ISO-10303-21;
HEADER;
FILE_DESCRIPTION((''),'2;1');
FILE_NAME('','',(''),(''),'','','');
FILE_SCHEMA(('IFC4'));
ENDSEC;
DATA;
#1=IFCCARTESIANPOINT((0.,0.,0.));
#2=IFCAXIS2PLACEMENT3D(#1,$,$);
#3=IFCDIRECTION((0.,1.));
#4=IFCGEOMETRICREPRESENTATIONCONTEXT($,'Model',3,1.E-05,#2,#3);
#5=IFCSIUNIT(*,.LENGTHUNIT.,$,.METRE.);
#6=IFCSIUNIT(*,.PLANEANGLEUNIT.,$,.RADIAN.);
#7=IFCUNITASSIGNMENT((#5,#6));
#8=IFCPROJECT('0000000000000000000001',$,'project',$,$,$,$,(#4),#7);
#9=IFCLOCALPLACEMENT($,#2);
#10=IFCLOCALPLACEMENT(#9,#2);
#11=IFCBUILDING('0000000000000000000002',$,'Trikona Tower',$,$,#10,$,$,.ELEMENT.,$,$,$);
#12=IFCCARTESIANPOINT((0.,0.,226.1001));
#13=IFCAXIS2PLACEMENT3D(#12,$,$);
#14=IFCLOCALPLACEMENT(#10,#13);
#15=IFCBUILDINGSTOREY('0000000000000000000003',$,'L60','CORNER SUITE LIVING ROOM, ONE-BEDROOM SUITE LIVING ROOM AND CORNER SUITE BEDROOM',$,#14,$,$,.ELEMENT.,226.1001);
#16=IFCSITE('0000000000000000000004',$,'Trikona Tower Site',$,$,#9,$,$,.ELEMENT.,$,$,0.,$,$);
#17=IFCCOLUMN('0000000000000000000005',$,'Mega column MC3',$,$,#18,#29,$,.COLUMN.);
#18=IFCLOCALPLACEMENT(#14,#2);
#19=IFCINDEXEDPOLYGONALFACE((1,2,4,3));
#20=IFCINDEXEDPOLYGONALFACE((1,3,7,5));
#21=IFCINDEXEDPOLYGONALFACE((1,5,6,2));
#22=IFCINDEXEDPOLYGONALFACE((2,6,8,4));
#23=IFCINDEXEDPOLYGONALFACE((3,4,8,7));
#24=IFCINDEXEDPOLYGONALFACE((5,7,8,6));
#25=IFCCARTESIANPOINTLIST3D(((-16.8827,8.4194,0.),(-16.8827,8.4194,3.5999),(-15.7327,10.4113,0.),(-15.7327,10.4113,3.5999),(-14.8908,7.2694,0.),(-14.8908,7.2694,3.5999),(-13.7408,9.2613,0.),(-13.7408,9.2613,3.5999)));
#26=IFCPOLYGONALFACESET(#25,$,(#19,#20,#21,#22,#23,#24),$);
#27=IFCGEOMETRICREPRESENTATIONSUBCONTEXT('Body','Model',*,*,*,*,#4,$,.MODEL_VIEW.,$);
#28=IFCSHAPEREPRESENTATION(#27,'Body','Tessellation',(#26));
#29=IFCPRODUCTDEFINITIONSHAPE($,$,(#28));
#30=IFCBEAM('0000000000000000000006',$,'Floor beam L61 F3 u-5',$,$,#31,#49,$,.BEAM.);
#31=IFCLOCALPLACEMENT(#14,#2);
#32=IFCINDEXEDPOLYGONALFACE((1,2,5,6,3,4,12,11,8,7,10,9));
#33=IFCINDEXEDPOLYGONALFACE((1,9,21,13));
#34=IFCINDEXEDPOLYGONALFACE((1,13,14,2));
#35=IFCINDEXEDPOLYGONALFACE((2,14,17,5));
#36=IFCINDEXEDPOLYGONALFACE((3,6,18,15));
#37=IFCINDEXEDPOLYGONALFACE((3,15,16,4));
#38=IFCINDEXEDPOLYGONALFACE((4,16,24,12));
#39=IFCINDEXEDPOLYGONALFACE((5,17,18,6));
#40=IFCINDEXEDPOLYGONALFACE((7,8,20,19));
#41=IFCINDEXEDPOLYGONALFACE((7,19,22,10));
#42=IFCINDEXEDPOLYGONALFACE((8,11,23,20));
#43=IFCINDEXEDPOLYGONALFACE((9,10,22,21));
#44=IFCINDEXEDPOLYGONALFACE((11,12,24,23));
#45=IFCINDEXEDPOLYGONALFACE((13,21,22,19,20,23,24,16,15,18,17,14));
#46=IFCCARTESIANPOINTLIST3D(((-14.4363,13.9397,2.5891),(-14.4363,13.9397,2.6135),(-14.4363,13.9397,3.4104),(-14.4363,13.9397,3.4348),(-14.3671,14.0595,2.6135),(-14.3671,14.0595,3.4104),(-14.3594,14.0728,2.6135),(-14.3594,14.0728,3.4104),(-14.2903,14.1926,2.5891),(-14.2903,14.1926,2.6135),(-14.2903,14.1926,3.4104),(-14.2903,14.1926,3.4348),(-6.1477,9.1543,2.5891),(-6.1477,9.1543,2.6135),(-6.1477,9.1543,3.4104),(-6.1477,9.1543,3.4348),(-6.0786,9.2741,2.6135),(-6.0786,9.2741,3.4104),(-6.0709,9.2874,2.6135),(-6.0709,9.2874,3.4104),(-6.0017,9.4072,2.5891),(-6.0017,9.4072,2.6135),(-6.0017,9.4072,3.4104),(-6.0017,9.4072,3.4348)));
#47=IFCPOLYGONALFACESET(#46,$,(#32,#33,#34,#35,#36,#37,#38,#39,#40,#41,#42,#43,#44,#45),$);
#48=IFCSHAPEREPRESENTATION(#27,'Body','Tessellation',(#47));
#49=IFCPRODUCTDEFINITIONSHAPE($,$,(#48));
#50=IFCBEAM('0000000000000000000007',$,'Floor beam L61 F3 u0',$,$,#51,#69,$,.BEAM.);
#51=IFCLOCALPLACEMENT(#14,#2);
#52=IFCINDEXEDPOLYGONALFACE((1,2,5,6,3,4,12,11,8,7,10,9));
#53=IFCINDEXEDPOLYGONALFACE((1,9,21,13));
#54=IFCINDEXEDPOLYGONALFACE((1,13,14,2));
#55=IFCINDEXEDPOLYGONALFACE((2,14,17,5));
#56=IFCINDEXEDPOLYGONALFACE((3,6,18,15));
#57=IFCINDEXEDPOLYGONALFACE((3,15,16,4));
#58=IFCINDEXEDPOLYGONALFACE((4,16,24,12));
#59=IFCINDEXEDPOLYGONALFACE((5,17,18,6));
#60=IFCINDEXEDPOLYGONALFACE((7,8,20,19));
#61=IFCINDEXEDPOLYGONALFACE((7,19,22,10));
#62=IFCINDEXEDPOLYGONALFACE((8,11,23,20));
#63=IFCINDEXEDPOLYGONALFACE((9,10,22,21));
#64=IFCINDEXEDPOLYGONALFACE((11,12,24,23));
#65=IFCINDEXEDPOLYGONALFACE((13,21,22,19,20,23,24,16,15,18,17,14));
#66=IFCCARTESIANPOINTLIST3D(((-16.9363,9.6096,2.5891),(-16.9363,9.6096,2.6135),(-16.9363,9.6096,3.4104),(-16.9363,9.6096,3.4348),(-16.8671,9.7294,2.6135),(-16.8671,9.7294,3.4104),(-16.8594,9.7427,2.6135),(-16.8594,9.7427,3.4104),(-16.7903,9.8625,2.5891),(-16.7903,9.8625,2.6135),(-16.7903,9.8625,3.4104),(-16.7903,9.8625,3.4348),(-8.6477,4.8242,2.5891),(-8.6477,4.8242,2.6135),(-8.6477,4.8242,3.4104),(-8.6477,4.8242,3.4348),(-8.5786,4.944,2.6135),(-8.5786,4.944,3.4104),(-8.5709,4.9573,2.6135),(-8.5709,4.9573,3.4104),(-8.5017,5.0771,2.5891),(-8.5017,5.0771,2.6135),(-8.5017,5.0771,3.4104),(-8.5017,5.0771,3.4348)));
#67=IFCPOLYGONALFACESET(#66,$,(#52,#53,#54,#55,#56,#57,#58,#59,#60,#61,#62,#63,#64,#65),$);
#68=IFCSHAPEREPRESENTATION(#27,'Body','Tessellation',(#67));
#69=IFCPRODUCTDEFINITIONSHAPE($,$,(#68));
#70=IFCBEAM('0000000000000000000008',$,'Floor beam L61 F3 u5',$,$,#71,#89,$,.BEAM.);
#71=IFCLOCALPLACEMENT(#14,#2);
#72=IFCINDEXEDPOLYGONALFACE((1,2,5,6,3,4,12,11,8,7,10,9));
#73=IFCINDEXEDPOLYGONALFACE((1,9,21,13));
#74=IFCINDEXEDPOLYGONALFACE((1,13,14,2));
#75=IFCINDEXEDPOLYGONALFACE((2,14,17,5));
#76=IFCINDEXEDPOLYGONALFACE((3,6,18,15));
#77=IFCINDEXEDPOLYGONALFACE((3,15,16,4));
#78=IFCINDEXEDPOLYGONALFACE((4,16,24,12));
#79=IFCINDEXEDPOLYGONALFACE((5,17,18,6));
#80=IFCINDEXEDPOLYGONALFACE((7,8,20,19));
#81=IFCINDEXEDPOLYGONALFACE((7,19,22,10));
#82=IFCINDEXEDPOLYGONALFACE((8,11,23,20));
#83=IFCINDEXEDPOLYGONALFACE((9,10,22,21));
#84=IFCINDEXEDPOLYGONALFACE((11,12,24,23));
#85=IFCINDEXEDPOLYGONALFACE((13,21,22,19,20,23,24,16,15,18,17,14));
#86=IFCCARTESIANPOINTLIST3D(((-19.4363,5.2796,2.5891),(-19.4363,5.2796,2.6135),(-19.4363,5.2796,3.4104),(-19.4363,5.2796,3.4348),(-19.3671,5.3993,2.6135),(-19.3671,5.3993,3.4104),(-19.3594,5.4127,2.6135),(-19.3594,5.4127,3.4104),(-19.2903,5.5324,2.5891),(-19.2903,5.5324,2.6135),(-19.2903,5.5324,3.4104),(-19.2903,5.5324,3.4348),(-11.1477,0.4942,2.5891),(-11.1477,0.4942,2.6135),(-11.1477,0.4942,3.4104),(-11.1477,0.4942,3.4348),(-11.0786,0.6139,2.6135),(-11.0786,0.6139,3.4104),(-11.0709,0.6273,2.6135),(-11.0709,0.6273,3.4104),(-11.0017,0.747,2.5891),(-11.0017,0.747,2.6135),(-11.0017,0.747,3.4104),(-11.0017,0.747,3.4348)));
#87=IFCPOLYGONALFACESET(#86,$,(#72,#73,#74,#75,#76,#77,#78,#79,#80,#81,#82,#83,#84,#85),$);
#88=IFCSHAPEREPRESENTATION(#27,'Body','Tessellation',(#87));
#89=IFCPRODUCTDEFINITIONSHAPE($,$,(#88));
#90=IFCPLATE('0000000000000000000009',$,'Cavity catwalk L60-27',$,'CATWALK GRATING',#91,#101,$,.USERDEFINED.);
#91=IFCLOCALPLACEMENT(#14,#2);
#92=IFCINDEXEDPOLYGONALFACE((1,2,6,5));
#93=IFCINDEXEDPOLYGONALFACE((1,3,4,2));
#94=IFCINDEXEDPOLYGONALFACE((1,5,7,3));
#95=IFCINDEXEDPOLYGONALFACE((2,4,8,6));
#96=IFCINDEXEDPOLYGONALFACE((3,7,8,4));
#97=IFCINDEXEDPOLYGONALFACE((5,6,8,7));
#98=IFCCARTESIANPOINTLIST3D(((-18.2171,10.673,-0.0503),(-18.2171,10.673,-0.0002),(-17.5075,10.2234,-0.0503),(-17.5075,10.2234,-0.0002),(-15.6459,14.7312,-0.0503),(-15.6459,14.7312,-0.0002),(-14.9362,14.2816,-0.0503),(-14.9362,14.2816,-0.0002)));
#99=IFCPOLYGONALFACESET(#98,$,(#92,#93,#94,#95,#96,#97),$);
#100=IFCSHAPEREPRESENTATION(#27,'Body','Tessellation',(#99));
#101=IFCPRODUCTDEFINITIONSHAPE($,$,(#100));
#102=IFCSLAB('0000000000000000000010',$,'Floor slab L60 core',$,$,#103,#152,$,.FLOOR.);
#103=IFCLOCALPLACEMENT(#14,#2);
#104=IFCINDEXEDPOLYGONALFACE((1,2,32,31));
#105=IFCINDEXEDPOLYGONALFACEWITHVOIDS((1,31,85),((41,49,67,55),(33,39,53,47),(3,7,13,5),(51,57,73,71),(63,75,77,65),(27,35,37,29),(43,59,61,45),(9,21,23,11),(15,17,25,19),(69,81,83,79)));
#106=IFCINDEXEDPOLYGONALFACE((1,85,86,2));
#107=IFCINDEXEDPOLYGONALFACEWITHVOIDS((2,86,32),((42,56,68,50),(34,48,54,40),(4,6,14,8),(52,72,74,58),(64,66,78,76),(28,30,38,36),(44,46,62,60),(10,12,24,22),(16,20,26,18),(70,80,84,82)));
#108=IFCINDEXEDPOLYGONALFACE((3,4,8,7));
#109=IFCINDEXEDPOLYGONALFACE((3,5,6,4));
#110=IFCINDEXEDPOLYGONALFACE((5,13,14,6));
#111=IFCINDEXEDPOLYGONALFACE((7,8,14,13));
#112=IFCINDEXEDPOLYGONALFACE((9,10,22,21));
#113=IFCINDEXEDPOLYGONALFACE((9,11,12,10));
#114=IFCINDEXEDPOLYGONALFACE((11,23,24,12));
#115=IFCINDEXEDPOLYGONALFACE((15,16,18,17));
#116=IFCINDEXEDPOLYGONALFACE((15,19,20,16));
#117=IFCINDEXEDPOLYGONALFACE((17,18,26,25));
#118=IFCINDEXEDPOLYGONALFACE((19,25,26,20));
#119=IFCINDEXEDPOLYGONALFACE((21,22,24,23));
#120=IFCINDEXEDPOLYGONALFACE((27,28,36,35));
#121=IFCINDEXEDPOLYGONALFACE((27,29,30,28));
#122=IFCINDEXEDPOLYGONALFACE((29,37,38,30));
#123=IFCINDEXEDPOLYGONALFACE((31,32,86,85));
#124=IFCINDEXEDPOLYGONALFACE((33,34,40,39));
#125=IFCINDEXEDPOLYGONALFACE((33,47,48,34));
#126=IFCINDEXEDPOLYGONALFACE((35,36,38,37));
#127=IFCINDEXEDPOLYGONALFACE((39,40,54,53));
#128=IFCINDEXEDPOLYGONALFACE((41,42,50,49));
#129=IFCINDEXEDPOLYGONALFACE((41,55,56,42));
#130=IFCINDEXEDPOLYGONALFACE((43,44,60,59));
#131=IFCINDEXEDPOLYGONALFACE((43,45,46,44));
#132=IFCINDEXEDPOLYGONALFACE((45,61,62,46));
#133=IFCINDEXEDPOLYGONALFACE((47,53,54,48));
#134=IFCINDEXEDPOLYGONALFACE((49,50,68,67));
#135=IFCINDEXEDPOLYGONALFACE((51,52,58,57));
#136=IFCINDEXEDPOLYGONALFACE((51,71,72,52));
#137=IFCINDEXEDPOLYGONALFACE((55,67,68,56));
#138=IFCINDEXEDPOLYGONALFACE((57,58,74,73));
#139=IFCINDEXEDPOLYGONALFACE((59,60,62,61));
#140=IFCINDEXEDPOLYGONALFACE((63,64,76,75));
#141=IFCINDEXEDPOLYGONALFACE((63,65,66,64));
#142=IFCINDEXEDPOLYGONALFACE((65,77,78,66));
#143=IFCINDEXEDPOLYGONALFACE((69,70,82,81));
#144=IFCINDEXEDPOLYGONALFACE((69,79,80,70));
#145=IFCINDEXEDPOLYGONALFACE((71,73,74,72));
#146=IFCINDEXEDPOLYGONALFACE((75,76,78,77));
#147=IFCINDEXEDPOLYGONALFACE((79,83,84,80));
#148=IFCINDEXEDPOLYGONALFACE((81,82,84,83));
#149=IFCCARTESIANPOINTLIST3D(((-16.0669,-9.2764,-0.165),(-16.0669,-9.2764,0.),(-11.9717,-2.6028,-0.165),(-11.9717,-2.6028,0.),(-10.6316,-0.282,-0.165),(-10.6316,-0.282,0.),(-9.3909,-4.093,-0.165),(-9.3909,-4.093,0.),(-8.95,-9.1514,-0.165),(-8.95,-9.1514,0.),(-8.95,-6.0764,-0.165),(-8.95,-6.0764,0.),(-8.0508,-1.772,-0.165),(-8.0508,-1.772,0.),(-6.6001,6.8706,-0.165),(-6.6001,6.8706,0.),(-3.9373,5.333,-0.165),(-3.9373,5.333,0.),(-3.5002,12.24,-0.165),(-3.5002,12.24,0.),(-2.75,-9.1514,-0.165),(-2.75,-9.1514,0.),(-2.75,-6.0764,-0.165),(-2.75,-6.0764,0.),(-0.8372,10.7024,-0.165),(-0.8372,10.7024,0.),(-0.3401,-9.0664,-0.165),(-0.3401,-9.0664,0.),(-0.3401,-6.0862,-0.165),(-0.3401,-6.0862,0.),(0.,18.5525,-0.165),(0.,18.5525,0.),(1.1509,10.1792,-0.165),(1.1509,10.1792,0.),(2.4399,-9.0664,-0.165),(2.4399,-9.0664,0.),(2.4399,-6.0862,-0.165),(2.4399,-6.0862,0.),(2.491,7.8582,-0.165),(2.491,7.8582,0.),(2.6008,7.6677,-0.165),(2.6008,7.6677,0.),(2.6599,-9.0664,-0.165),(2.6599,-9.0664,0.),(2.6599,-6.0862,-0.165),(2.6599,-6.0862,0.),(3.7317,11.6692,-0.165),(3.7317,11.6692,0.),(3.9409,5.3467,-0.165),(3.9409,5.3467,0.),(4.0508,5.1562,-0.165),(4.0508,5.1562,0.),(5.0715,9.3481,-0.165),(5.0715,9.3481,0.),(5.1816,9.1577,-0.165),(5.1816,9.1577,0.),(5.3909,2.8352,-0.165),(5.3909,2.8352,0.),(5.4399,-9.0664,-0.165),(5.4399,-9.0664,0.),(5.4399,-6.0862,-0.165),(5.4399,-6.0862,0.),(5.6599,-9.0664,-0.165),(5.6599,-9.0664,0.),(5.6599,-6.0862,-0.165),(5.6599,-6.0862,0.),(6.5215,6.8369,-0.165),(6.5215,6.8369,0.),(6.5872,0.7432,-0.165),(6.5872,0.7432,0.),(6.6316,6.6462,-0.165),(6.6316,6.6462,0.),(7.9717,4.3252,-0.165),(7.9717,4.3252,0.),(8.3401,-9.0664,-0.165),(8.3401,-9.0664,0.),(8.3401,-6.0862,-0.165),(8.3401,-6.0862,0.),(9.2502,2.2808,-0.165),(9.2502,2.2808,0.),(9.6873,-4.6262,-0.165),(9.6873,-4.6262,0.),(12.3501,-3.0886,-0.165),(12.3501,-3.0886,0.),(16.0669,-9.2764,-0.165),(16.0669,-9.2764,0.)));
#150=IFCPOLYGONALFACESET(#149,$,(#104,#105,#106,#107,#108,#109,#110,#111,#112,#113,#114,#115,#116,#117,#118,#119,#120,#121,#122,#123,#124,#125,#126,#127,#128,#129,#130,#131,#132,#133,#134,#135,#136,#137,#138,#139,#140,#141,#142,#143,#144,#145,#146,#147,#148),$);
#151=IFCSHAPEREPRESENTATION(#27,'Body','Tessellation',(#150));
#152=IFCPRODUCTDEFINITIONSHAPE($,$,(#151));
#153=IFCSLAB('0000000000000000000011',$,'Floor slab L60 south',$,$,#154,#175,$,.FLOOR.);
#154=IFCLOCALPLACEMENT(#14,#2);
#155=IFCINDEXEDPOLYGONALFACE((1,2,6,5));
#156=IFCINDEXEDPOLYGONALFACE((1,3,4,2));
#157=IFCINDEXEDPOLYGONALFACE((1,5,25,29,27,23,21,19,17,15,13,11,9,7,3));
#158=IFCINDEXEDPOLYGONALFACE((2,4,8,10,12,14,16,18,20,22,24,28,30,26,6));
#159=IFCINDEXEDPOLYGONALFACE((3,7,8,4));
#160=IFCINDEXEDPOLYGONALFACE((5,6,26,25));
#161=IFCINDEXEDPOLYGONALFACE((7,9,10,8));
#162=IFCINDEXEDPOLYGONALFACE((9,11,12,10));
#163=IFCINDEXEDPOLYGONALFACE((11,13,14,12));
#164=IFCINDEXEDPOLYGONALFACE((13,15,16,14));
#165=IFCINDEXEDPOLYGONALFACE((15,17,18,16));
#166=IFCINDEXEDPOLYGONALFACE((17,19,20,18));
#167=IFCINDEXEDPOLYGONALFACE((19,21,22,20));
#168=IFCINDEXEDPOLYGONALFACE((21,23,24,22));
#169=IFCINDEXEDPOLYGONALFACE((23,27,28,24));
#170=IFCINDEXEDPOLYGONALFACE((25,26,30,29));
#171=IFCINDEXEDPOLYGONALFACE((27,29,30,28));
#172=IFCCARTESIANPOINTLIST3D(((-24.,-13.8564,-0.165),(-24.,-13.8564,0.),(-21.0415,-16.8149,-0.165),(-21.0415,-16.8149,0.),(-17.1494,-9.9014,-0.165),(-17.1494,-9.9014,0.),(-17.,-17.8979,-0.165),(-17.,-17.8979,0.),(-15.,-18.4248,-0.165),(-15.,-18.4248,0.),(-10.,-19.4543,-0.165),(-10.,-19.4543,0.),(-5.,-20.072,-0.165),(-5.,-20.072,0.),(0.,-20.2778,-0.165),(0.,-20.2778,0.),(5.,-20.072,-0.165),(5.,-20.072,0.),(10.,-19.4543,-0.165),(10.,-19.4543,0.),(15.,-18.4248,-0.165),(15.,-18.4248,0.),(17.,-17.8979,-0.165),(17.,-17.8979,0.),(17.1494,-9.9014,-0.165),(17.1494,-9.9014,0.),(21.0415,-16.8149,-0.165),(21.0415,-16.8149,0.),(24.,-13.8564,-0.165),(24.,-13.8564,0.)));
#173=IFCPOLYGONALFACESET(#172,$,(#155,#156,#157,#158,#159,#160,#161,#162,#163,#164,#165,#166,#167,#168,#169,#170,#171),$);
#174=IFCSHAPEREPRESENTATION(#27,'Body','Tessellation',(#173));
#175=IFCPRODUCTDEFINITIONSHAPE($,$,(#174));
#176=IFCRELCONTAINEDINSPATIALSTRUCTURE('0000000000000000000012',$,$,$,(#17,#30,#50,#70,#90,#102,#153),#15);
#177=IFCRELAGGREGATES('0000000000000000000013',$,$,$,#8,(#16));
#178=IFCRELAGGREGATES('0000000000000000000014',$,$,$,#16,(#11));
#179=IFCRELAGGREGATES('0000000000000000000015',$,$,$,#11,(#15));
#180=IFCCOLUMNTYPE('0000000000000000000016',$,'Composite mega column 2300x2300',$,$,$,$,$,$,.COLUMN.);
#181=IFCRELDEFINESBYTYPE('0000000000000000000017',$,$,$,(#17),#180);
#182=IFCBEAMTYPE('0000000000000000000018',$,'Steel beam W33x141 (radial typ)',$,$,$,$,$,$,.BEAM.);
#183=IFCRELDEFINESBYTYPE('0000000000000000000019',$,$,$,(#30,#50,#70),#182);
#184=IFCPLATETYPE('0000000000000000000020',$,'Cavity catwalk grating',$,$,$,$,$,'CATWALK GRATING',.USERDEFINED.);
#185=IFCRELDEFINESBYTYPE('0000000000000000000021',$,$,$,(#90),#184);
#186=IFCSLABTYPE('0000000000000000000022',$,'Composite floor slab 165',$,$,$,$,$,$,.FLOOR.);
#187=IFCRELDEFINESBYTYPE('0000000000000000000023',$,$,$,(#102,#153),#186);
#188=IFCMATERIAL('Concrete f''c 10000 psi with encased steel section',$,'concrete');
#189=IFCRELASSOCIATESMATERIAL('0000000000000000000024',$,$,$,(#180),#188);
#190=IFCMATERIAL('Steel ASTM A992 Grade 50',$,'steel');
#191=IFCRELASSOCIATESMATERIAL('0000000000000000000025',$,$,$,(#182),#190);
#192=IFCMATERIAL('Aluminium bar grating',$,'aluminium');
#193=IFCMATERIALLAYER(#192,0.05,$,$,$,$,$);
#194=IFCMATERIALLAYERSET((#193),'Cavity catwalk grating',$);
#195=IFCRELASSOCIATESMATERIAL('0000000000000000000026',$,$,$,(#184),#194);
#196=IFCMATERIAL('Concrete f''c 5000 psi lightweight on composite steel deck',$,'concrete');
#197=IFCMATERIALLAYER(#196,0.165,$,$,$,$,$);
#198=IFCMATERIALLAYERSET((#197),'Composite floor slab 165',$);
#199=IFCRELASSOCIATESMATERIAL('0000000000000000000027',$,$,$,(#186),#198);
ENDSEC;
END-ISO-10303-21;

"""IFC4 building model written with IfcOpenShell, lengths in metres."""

from ifc_helpers import new_model, si_unit, direction, frame, origin, origin_2d, place, context, subcontext, project, spatial, polyline, rectangle, i_section, outline, extrude, material, layer, layer_set, material_profile, profile_set, type_object, element, save


model = new_model("IFC4")

# Units and contexts
model_context = context("Model", 3, precision=1e-05, world=origin(), true_north=direction((0.0, 1.0)))
body_context = subcontext(model_context, "Body", "Model", "MODEL_VIEW")
ifc_project = project(units=[si_unit("LENGTHUNIT", "METRE"), si_unit("PLANEANGLEUNIT", "RADIAN")], contexts=[model_context])

# Site, building, storey
site_placement = place(None, origin())
site = spatial("IfcSite", under=ifc_project, at=site_placement, Name="Trikona Tower Site", CompositionType="ELEMENT", RefElevation=0.0)
building_placement = place(site_placement, origin())
building = spatial("IfcBuilding", under=site, at=building_placement, Name="Trikona Tower", CompositionType="ELEMENT")
storey_placement = place(building_placement, frame((0.0, 0.0, 226.1001)))
storey = spatial("IfcBuildingStorey", under=building, at=storey_placement, Name="L60", Description="CORNER SUITE LIVING ROOM, ONE-BEDROOM SUITE LIVING ROOM AND CORNER SUITE BEDROOM", CompositionType="ELEMENT", Elevation=226.1001)

# Column
ifc_material_1 = material(Name="Concrete f'c 10000 psi with encased steel section", Category="concrete")
ifc_material_profile_1 = material_profile(ifc_material_1, rectangle(XDim=2.3, YDim=2.3, at=origin_2d()), Name="MC2300")
ifc_profile_set_1 = profile_set([ifc_material_profile_1], Name="Concrete f'c 10000 psi with encased steel section")
column_type = type_object("IfcColumnType", Name="Composite mega column 2300x2300", PredefinedType="COLUMN", material=ifc_profile_set_1)
column_placement = place(storey_placement, frame((-15.3118, 8.8403, 0.0), z_axis=(0.0, 0.0, 1.0), x_axis=(-0.866025, 0.5, 0.0)))
element("IfcColumn", 1, at=column_placement, inside=storey, type_object=column_type, Name="Mega column MC3", PredefinedType="COLUMN", context=body_context, shape_type="SweptSolid", body=[
    extrude(rectangle(XDim=2.3, YDim=2.3, at=origin_2d()), origin(), (0.0, 0.0, 1.0), 3.5999),
])

# Beams
ifc_material_2 = material(Name="Steel ASTM A992 Grade 50", Category="steel")
ifc_material_profile_2 = material_profile(ifc_material_2, i_section(OverallWidth=0.292, OverallDepth=0.8457, WebThickness=0.0154, FlangeThickness=0.0244, at=origin_2d()), Name="W33X141")
ifc_profile_set_2 = profile_set([ifc_material_profile_2], Name="Steel ASTM A992 Grade 50")
beam_type = type_object("IfcBeamType", Name="Steel beam W33x141 (radial typ)", PredefinedType="BEAM", material=ifc_profile_set_2)
for number, where, z_axis, x_axis, name in (
    (2, (-6.0747, 9.2808, 3.012), (-0.866026, 0.499999, 0.0), (-0.499999, -0.866026, 0.0), "Floor beam L61 F3 u-5"),
    (3, (-8.5747, 4.9507, 3.012), (-0.866026, 0.499999, 0.0), (-0.499999, -0.866026, 0.0), "Floor beam L61 F3 u0"),
    (4, (-11.0747, 0.6206, 3.012), (-0.866026, 0.499999, 0.0), (-0.499999, -0.866026, 0.0), "Floor beam L61 F3 u5"),
):
    element("IfcBeam", number, at=place(storey_placement, frame(where, z_axis=z_axis, x_axis=x_axis)), inside=storey, type_object=beam_type, Name=name, PredefinedType="BEAM", context=body_context, shape_type="SweptSolid", body=[
        extrude(i_section(OverallWidth=0.292, OverallDepth=0.8457, WebThickness=0.0154, FlangeThickness=0.0244, at=origin_2d()), origin(), (0.0, 0.0, 1.0), 9.5708),
    ])

# Plate
ifc_material_3 = material(Name="Aluminium bar grating", Category="aluminium")
ifc_layer_1 = layer(ifc_material_3, 0.05)
ifc_layer_set_1 = layer_set([ifc_layer_1], Name="Cavity catwalk grating")
plate_type = type_object("IfcPlateType", Name="Cavity catwalk grating", ElementType="CATWALK GRATING", PredefinedType="USERDEFINED", material=ifc_layer_set_1)
plate_placement = place(storey_placement, frame((-16.5767, 12.4773, -0.0503), z_axis=(0.0, 0.0, 1.0), x_axis=(-0.535205, -0.844722, 0.0)))
element("IfcPlate", 5, at=plate_placement, inside=storey, type_object=plate_type, Name="Cavity catwalk L60-27", ObjectType="CATWALK GRATING", PredefinedType="USERDEFINED", context=body_context, shape_type="SweptSolid", body=[
    extrude(rectangle(XDim=4.8042, YDim=0.8401, at=origin_2d()), origin(), (0.0, 0.0, 1.0), 0.05),
])

# Slabs
ifc_material_4 = material(Name="Concrete f'c 5000 psi lightweight on composite steel deck", Category="concrete")
ifc_layer_2 = layer(ifc_material_4, 0.165)
ifc_layer_set_2 = layer_set([ifc_layer_2], Name="Composite floor slab 165")
slab_type = type_object("IfcSlabType", Name="Composite floor slab 165", PredefinedType="FLOOR", material=ifc_layer_set_2)
slab_1_placement = place(storey_placement, frame((0.0, 0.0, -0.165)))
element("IfcSlab", 6, at=slab_1_placement, inside=storey, type_object=slab_type, Name="Floor slab L60 core", PredefinedType="FLOOR", context=body_context, shape_type="SweptSolid", body=[
    extrude(outline(polyline([(-16.0669, -9.2764), (16.0669, -9.2764), (0.0, 18.5525), (-16.0669, -9.2764)]), holes=[polyline([(6.5872, 0.7432), (9.6873, -4.6262), (12.3501, -3.0886), (9.2502, 2.2808), (6.5872, 0.7432)]), polyline([(5.6599, -6.0862), (5.6599, -9.0664), (8.3401, -9.0664), (8.3401, -6.0862), (5.6599, -6.0862)]), polyline([(6.6316, 6.6462), (4.0508, 5.1562), (5.3909, 2.8352), (7.9717, 4.3252), (6.6316, 6.6462)]), polyline([(6.5215, 6.8369), (5.1816, 9.1577), (2.6008, 7.6677), (3.9409, 5.3467), (6.5215, 6.8369)]), polyline([(2.6599, -9.0664), (5.4399, -9.0664), (5.4399, -6.0862), (2.6599, -6.0862), (2.6599, -9.0664)]), polyline([(2.491, 7.8582), (5.0715, 9.3481), (3.7317, 11.6692), (1.1509, 10.1792), (2.491, 7.8582)]), polyline([(2.4399, -9.0664), (2.4399, -6.0862), (-0.3401, -6.0862), (-0.3401, -9.0664), (2.4399, -9.0664)]), polyline([(-3.9373, 5.333), (-0.8372, 10.7024), (-3.5002, 12.24), (-6.6001, 6.8706), (-3.9373, 5.333)]), polyline([(-2.75, -6.0764), (-8.95, -6.0764), (-8.95, -9.1514), (-2.75, -9.1514), (-2.75, -6.0764)]), polyline([(-11.9717, -2.6028), (-9.3909, -4.093), (-8.0508, -1.772), (-10.6316, -0.282), (-11.9717, -2.6028)])]), origin(), (0.0, 0.0, 1.0), 0.165),
])
slab_2_placement = place(storey_placement, frame((0.0, 0.0, -0.165)))
element("IfcSlab", 7, at=slab_2_placement, inside=storey, type_object=slab_type, Name="Floor slab L60 south", PredefinedType="FLOOR", context=body_context, shape_type="SweptSolid", body=[
    extrude(outline(polyline([(21.0415, -16.8149), (24.0, -13.8564), (17.1494, -9.9014), (-17.1494, -9.9014), (-24.0, -13.8564), (-21.0415, -16.8149), (-17.0, -17.8979), (-15.0, -18.4248), (-10.0, -19.4543), (-5.0, -20.072), (0.0, -20.2778), (5.0, -20.072), (10.0, -19.4543), (15.0, -18.4248), (17.0, -17.8979), (21.0415, -16.8149)])), origin(), (0.0, 0.0, 1.0), 0.165),
])

save(model, "model.ifc")
